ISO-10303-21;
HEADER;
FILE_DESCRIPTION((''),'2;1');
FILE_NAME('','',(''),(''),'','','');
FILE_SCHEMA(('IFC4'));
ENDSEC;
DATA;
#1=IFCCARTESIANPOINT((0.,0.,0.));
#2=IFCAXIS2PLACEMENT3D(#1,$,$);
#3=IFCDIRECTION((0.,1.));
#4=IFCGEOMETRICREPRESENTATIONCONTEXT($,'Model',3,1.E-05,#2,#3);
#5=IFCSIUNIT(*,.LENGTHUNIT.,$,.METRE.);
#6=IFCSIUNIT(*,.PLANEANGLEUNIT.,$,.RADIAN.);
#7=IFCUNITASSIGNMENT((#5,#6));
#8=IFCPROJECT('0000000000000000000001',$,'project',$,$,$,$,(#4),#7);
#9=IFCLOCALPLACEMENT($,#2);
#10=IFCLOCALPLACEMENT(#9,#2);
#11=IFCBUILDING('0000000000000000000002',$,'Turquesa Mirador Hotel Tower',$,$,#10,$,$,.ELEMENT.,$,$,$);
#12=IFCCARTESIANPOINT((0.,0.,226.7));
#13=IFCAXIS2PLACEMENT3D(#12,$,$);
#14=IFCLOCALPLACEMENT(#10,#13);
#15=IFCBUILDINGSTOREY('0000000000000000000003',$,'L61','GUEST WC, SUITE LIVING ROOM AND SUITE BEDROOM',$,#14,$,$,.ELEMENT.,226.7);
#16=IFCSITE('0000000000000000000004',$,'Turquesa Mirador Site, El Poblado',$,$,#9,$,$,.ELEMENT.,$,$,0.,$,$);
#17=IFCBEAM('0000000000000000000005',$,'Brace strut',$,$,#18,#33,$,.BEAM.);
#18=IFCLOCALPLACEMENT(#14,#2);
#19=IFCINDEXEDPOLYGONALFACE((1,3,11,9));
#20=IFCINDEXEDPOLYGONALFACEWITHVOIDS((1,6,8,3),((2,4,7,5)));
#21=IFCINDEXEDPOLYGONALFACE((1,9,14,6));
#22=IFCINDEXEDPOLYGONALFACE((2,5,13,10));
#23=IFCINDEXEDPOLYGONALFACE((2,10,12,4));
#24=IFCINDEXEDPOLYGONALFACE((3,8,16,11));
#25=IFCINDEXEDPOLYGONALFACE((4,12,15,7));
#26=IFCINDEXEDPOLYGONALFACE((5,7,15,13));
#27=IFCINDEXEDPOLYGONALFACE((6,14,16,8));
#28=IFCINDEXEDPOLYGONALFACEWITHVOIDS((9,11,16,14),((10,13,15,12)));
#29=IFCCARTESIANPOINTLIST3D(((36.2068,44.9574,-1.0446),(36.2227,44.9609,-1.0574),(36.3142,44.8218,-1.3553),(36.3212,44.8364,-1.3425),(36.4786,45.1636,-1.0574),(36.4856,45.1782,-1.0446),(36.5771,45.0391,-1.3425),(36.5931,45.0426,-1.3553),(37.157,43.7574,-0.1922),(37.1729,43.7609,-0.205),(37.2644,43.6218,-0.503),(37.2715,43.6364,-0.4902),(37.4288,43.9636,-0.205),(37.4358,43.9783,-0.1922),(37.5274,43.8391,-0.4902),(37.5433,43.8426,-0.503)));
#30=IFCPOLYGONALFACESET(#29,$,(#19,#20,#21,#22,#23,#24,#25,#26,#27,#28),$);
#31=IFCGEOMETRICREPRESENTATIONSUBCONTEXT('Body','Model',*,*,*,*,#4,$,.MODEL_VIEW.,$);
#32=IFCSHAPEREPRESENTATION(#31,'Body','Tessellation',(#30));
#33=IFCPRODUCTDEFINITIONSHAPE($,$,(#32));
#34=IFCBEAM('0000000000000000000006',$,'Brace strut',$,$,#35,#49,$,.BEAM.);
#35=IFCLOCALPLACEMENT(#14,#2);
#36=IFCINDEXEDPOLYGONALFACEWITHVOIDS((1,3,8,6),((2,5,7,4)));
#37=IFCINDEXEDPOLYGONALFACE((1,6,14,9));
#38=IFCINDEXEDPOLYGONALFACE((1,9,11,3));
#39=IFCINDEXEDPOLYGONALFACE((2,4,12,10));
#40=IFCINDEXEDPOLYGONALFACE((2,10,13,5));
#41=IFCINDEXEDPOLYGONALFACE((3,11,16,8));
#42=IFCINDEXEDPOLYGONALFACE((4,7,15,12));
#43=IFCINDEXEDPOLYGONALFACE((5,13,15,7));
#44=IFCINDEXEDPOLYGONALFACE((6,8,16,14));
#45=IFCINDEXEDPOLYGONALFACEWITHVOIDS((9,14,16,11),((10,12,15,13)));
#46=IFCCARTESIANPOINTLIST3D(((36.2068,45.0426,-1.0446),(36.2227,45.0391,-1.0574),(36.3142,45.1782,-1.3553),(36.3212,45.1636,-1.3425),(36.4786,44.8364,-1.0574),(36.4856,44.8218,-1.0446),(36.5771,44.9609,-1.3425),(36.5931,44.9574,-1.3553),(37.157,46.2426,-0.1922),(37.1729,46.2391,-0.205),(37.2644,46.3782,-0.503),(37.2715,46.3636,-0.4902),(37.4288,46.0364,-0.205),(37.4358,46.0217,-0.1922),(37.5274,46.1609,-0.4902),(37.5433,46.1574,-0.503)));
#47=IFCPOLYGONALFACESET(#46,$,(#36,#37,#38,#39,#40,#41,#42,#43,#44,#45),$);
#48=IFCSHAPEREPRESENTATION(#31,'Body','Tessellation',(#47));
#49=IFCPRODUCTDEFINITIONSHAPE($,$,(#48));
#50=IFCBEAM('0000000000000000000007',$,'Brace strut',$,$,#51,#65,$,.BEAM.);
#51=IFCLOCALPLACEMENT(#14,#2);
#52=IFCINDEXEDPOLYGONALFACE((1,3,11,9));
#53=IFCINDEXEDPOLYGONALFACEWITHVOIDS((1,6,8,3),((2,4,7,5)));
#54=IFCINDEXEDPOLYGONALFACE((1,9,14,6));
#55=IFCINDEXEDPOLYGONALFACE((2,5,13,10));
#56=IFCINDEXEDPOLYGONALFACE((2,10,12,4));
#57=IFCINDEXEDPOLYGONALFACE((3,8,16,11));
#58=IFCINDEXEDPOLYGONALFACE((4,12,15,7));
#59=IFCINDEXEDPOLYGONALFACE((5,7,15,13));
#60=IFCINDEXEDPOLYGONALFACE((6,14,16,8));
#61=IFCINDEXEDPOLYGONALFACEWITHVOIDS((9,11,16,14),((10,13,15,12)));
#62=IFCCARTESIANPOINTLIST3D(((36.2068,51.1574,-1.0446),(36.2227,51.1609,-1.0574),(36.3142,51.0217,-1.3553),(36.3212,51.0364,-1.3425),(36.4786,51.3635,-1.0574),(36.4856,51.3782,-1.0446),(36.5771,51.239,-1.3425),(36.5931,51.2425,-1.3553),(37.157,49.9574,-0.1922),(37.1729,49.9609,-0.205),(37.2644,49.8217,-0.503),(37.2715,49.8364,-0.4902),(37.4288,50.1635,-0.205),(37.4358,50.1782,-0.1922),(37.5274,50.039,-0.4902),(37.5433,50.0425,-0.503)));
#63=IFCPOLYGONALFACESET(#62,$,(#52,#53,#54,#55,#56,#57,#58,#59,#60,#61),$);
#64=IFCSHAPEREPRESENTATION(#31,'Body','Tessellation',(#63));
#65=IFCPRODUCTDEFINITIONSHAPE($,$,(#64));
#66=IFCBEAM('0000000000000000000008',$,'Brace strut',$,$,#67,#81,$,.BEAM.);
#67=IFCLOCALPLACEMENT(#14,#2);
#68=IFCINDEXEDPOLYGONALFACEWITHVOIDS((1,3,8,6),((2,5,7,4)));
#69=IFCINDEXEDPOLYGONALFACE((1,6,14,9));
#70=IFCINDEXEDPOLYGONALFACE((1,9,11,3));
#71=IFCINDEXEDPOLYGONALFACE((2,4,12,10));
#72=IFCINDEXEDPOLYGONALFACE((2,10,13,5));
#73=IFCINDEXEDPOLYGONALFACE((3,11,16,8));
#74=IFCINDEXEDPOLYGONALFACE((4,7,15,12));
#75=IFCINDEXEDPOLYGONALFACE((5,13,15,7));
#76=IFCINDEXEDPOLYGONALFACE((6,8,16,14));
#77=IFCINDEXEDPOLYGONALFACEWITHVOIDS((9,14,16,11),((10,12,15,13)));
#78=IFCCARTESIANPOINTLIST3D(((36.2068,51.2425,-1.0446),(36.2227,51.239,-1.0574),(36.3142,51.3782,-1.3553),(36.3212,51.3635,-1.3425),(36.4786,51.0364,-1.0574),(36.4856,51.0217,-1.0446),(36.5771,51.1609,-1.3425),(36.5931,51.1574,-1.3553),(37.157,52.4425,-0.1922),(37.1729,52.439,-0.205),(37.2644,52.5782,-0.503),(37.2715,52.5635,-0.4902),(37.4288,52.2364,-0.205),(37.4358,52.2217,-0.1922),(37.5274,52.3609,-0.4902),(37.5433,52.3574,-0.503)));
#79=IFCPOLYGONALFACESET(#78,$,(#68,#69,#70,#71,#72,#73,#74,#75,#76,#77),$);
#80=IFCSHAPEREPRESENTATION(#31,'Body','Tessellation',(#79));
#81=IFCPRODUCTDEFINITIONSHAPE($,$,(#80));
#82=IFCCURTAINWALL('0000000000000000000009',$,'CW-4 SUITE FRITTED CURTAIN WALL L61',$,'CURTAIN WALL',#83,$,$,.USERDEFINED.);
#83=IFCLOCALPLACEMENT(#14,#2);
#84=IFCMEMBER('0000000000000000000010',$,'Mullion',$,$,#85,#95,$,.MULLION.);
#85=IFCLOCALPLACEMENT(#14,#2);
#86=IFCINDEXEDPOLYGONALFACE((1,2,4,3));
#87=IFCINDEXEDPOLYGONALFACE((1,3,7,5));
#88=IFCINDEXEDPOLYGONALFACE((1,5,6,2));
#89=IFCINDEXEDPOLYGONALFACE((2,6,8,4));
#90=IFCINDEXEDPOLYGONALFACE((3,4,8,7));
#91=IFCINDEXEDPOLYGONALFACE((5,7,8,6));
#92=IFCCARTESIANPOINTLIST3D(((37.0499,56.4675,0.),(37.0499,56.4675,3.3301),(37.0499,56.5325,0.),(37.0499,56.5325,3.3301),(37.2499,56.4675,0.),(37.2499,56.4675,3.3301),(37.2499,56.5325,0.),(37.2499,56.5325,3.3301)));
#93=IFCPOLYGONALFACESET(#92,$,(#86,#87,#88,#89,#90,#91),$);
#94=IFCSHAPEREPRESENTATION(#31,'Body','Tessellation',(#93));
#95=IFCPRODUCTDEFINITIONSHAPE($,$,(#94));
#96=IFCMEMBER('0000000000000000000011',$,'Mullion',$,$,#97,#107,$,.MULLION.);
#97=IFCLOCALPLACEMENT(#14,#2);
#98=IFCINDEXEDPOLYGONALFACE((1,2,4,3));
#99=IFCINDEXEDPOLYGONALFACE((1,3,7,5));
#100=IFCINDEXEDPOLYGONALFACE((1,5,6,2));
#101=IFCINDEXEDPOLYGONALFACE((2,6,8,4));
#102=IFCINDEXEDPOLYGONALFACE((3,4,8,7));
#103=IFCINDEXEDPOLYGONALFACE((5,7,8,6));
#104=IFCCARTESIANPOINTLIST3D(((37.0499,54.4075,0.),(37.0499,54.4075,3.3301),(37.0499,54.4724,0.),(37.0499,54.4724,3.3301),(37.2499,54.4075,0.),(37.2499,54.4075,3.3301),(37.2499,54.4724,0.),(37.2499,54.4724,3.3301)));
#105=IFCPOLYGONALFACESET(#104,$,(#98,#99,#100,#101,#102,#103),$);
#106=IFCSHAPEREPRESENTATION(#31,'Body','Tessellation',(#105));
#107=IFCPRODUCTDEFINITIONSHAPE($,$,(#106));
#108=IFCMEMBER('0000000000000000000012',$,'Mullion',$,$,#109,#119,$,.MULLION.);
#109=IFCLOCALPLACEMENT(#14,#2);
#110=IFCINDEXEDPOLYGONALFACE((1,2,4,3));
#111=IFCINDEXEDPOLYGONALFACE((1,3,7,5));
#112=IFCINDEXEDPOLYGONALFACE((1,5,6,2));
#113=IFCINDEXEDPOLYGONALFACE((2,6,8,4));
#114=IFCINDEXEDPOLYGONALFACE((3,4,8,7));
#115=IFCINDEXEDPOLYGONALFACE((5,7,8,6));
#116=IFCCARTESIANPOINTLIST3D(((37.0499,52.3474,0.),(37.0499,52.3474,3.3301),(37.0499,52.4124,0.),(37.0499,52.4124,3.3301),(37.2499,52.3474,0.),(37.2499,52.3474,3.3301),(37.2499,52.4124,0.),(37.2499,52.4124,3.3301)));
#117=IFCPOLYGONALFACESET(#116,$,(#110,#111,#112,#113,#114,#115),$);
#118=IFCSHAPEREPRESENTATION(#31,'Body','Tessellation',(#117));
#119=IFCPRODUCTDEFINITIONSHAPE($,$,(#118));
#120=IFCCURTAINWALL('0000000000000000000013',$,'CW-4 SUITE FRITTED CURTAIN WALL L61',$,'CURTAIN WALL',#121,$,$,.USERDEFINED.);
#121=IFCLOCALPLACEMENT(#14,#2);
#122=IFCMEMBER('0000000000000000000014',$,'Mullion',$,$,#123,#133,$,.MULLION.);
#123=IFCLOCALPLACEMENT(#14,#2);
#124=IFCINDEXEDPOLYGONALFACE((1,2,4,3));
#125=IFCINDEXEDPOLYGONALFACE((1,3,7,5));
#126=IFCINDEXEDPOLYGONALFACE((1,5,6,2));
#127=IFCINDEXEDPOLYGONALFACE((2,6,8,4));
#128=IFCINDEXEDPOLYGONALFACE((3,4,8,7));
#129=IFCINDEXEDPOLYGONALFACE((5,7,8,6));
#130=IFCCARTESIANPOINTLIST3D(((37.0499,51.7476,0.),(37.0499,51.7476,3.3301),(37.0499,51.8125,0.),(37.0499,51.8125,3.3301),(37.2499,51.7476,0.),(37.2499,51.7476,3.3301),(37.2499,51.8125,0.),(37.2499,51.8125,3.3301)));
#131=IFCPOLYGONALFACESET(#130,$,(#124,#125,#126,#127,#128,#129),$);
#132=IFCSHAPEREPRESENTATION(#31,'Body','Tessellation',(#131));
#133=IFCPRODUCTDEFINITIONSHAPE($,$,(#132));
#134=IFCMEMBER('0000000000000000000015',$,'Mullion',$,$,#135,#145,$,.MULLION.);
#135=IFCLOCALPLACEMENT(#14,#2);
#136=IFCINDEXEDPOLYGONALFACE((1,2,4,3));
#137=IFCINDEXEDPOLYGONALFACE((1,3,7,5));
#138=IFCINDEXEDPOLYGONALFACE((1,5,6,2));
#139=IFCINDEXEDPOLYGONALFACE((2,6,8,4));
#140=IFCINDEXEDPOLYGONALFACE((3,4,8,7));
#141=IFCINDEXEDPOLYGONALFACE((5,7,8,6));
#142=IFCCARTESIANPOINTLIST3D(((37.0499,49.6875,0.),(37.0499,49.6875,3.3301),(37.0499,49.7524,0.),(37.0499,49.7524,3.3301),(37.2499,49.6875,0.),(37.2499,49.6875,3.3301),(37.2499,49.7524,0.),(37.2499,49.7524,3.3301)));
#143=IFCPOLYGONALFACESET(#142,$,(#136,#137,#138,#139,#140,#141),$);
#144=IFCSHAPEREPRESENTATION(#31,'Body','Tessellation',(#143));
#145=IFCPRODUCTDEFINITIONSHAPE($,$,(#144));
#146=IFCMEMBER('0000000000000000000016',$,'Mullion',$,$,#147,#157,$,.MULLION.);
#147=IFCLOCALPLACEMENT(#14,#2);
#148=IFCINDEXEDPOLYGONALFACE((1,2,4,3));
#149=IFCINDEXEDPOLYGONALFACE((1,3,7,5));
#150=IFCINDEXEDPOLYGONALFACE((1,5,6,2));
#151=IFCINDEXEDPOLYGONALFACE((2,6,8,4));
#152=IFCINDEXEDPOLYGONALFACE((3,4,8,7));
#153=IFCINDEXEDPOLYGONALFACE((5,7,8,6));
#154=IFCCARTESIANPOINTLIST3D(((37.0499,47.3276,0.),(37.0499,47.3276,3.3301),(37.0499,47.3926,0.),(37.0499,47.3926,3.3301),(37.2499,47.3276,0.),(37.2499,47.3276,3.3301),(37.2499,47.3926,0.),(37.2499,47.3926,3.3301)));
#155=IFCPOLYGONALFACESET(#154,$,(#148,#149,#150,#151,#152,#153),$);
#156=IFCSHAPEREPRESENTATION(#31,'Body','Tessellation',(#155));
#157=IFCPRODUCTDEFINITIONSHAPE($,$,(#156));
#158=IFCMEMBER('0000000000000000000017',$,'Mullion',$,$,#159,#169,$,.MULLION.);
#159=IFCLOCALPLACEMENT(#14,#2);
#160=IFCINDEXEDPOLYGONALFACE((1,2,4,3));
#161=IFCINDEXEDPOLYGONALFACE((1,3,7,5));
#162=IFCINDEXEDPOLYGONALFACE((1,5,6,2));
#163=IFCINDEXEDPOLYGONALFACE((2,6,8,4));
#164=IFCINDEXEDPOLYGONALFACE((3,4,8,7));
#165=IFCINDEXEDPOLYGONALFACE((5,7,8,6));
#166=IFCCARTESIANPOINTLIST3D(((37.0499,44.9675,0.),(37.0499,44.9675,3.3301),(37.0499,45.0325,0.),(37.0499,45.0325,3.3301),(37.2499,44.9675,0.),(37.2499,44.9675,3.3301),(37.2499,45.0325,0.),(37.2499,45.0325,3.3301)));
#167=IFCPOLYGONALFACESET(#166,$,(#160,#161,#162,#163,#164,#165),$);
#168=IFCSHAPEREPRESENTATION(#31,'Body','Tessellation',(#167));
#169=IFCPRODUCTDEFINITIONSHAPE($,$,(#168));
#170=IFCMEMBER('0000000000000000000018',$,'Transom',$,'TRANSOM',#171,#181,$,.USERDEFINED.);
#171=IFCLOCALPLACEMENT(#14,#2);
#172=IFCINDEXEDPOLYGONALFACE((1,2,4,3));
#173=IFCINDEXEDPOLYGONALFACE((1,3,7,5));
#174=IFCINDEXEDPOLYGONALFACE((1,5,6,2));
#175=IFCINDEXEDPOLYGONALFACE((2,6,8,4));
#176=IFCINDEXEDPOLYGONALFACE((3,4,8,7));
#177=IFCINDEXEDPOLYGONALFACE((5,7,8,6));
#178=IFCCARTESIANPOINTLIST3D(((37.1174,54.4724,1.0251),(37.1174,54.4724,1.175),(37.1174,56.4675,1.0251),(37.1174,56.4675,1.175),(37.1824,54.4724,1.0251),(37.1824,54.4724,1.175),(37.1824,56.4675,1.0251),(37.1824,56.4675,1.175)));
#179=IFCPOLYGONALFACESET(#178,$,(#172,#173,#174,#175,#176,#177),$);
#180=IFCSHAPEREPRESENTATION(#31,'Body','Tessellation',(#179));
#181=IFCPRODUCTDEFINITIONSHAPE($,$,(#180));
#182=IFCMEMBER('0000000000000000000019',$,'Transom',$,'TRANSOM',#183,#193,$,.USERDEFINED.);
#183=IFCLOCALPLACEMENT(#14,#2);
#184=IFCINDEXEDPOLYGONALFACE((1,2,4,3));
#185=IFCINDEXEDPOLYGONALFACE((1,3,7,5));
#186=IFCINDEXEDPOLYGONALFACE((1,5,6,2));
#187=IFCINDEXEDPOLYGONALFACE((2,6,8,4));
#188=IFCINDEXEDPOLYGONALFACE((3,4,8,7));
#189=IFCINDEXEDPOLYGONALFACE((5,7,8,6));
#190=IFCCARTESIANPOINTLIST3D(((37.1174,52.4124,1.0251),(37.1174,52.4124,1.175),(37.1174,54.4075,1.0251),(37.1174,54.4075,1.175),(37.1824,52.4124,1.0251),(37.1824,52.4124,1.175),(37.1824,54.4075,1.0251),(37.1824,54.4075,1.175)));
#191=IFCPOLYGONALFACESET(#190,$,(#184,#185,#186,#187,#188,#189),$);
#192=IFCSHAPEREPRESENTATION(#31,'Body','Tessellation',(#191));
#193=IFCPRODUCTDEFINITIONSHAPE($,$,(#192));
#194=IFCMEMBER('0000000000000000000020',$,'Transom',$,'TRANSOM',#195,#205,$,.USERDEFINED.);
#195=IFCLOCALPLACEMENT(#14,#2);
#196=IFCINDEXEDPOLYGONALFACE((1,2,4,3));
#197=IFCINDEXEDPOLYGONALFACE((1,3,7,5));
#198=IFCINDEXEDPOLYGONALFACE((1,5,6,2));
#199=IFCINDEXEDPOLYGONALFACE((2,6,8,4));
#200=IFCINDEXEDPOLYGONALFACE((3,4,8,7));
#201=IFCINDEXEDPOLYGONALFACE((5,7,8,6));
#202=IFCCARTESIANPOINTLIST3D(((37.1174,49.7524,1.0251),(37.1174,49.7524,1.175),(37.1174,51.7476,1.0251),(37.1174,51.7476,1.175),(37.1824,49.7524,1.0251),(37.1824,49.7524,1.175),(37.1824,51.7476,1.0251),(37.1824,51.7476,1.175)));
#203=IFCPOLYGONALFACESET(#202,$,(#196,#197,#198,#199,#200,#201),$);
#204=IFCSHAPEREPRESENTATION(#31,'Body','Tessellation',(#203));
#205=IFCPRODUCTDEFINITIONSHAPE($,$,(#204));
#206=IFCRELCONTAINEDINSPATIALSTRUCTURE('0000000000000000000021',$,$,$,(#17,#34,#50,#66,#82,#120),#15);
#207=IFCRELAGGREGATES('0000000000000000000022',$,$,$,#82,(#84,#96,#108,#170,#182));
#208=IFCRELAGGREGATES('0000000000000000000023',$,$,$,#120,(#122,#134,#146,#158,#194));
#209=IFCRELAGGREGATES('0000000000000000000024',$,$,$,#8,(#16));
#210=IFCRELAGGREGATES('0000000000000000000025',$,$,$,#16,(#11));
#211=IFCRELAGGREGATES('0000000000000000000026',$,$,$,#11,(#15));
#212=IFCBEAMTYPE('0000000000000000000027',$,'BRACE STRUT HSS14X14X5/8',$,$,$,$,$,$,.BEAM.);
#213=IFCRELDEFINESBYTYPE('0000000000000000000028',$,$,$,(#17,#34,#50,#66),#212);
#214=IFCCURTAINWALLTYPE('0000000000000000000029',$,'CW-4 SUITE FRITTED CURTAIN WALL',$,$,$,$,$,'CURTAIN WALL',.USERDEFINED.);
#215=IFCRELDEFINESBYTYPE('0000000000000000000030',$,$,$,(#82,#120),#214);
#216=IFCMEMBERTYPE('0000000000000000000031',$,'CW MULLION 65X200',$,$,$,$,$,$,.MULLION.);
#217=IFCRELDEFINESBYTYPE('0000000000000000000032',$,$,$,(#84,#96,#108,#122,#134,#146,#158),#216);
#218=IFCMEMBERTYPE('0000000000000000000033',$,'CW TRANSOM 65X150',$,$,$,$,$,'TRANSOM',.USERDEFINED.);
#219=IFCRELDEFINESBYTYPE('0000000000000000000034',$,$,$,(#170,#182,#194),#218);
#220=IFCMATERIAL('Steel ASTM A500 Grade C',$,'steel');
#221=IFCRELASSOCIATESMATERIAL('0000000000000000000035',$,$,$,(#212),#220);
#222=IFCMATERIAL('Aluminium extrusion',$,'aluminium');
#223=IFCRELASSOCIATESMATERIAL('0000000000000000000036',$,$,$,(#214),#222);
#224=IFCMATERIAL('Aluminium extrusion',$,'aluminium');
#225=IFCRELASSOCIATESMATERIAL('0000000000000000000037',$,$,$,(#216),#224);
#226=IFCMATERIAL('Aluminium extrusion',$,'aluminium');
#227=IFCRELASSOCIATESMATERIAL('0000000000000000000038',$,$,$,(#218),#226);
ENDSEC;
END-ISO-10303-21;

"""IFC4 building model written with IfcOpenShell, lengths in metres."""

from ifc_helpers import new_model, si_unit, direction, frame, origin, origin_2d, place, context, subcontext, project, spatial, rectangle, hollow_rectangle, extrude, material, material_profile, profile_set, type_object, element, aggregate, save


model = new_model("IFC4")

# Units and contexts
model_context = context("Model", 3, precision=1e-05, world=origin(), true_north=direction((0.0, 1.0)))
body_context = subcontext(model_context, "Body", "Model", "MODEL_VIEW")
ifc_project = project(units=[si_unit("LENGTHUNIT", "METRE"), si_unit("PLANEANGLEUNIT", "RADIAN")], contexts=[model_context])

# Site, building, storey
site_placement = place(None, origin())
site = spatial("IfcSite", under=ifc_project, at=site_placement, Name="Turquesa Mirador Site, El Poblado", CompositionType="ELEMENT", RefElevation=0.0)
building_placement = place(site_placement, origin())
building = spatial("IfcBuilding", under=site, at=building_placement, Name="Turquesa Mirador Hotel Tower", CompositionType="ELEMENT")
storey_placement = place(building_placement, frame((0.0, 0.0, 226.7)))
storey = spatial("IfcBuildingStorey", under=building, at=storey_placement, Name="L61", Description="GUEST WC, SUITE LIVING ROOM AND SUITE BEDROOM", CompositionType="ELEMENT", Elevation=226.7)

# Beams
ifc_material_1 = material(Name="Steel ASTM A500 Grade C", Category="steel")
ifc_material_profile_1 = material_profile(ifc_material_1, hollow_rectangle(XDim=0.3557, YDim=0.3557, WallThickness=0.0146, at=origin_2d()), Name="HSS14X14X5/8")
ifc_profile_set_1 = profile_set([ifc_material_profile_1], Name="Steel ASTM A500 Grade C")
beam_type = type_object("IfcBeamType", Name="BRACE STRUT HSS14X14X5/8", PredefinedType="BEAM", material=ifc_profile_set_1)
for number, where, z_axis, x_axis, name in (
    (1, (36.3999, 45.0, -1.2), (0.542379, -0.684942, 0.486497), (0.783971, 0.620797, 0.0), "Brace strut"),
    (2, (36.3999, 45.0, -1.2), (0.542379, 0.684942, 0.486497), (-0.783971, 0.620797, 0.0), "Brace strut"),
    (3, (36.3999, 51.2, -1.2), (0.542379, -0.684942, 0.486497), (0.783971, 0.620797, 0.0), "Brace strut"),
    (4, (36.3999, 51.2, -1.2), (0.542379, 0.684942, 0.486497), (-0.783971, 0.620797, 0.0), "Brace strut"),
):
    element("IfcBeam", number, at=place(storey_placement, frame(where, z_axis=z_axis, x_axis=x_axis)), inside=storey, type_object=beam_type, Name=name, PredefinedType="BEAM", context=body_context, shape_type="SweptSolid", body=[
        extrude(hollow_rectangle(XDim=0.3557, YDim=0.3557, WallThickness=0.0146, at=origin_2d()), origin(), (0.0, 0.0, 1.0), 1.752),
    ])

# Curtain walls, members
ifc_material_2 = material(Name="Aluminium extrusion", Category="aluminium")
curtain_wall_type = type_object("IfcCurtainWallType", Name="CW-4 SUITE FRITTED CURTAIN WALL", ElementType="CURTAIN WALL", PredefinedType="USERDEFINED", material=ifc_material_2)
curtain_wall_1_placement = place(storey_placement, origin())
curtain_wall_1 = element("IfcCurtainWall", 5, at=curtain_wall_1_placement, inside=storey, type_object=curtain_wall_type, Name="CW-4 SUITE FRITTED CURTAIN WALL L61", ObjectType="CURTAIN WALL", PredefinedType="USERDEFINED")
ifc_material_3 = material(Name="Aluminium extrusion", Category="aluminium")
ifc_material_profile_2 = material_profile(ifc_material_3, rectangle(XDim=0.0649, YDim=0.2, at=origin_2d()), Name="MULLION 65X200")
ifc_profile_set_2 = profile_set([ifc_material_profile_2], Name="Aluminium extrusion")
member_type_1 = type_object("IfcMemberType", Name="CW MULLION 65X200", PredefinedType="MULLION", material=ifc_profile_set_2)
member_1_placement = place(storey_placement, frame((37.1499, 56.5, 0.0), z_axis=(0.0, 0.0, 1.0), x_axis=(0.0, -1.0, 0.0)))
member_1 = element("IfcMember", 6, at=member_1_placement, type_object=member_type_1, Name="Mullion", PredefinedType="MULLION", context=body_context, shape_type="SweptSolid", body=[
    extrude(rectangle(XDim=0.0649, YDim=0.2, at=origin_2d()), origin(), (0.0, 0.0, 1.0), 3.3301),
])
member_2_placement = place(storey_placement, frame((37.1499, 54.4399, 0.0), z_axis=(0.0, 0.0, 1.0), x_axis=(0.0, -1.0, 0.0)))
member_2 = element("IfcMember", 7, at=member_2_placement, type_object=member_type_1, Name="Mullion", PredefinedType="MULLION", context=body_context, shape_type="SweptSolid", body=[
    extrude(rectangle(XDim=0.0649, YDim=0.2, at=origin_2d()), origin(), (0.0, 0.0, 1.0), 3.3301),
])
member_3_placement = place(storey_placement, frame((37.1499, 52.3799, 0.0), z_axis=(0.0, 0.0, 1.0), x_axis=(0.0, -1.0, 0.0)))
member_3 = element("IfcMember", 8, at=member_3_placement, type_object=member_type_1, Name="Mullion", PredefinedType="MULLION", context=body_context, shape_type="SweptSolid", body=[
    extrude(rectangle(XDim=0.0649, YDim=0.2, at=origin_2d()), origin(), (0.0, 0.0, 1.0), 3.3301),
])
curtain_wall_2_placement = place(storey_placement, origin())
curtain_wall_2 = element("IfcCurtainWall", 9, at=curtain_wall_2_placement, inside=storey, type_object=curtain_wall_type, Name="CW-4 SUITE FRITTED CURTAIN WALL L61", ObjectType="CURTAIN WALL", PredefinedType="USERDEFINED")
member_4_placement = place(storey_placement, frame((37.1499, 51.78, 0.0), z_axis=(0.0, 0.0, 1.0), x_axis=(0.0, -1.0, 0.0)))
member_4 = element("IfcMember", 10, at=member_4_placement, type_object=member_type_1, Name="Mullion", PredefinedType="MULLION", context=body_context, shape_type="SweptSolid", body=[
    extrude(rectangle(XDim=0.0649, YDim=0.2, at=origin_2d()), origin(), (0.0, 0.0, 1.0), 3.3301),
])
member_5_placement = place(storey_placement, frame((37.1499, 49.72, 0.0), z_axis=(0.0, 0.0, 1.0), x_axis=(0.0, -1.0, 0.0)))
member_5 = element("IfcMember", 11, at=member_5_placement, type_object=member_type_1, Name="Mullion", PredefinedType="MULLION", context=body_context, shape_type="SweptSolid", body=[
    extrude(rectangle(XDim=0.0649, YDim=0.2, at=origin_2d()), origin(), (0.0, 0.0, 1.0), 3.3301),
])
member_6_placement = place(storey_placement, frame((37.1499, 47.3601, 0.0), z_axis=(0.0, 0.0, 1.0), x_axis=(0.0, -1.0, 0.0)))
member_6 = element("IfcMember", 12, at=member_6_placement, type_object=member_type_1, Name="Mullion", PredefinedType="MULLION", context=body_context, shape_type="SweptSolid", body=[
    extrude(rectangle(XDim=0.0649, YDim=0.2, at=origin_2d()), origin(), (0.0, 0.0, 1.0), 3.3301),
])
member_7_placement = place(storey_placement, frame((37.1499, 45.0, 0.0), z_axis=(0.0, 0.0, 1.0), x_axis=(0.0, -1.0, 0.0)))
member_7 = element("IfcMember", 13, at=member_7_placement, type_object=member_type_1, Name="Mullion", PredefinedType="MULLION", context=body_context, shape_type="SweptSolid", body=[
    extrude(rectangle(XDim=0.0649, YDim=0.2, at=origin_2d()), origin(), (0.0, 0.0, 1.0), 3.3301),
])

# Members
ifc_material_4 = material(Name="Aluminium extrusion", Category="aluminium")
ifc_material_profile_3 = material_profile(ifc_material_4, rectangle(XDim=0.0649, YDim=0.1499, at=origin_2d()), Name="TRANSOM 65X150")
ifc_profile_set_3 = profile_set([ifc_material_profile_3], Name="Aluminium extrusion")
member_type_2 = type_object("IfcMemberType", Name="CW TRANSOM 65X150", ElementType="TRANSOM", PredefinedType="USERDEFINED", material=ifc_profile_set_3)
member_8_placement = place(storey_placement, frame((37.1499, 56.4675, 1.1001), z_axis=(0.0, -1.0, 0.0), x_axis=(1.0, 0.0, 0.0)))
member_8 = element("IfcMember", 14, at=member_8_placement, type_object=member_type_2, Name="Transom", ObjectType="TRANSOM", PredefinedType="USERDEFINED", context=body_context, shape_type="SweptSolid", body=[
    extrude(rectangle(XDim=0.0649, YDim=0.1499, at=origin_2d()), origin(), (0.0, 0.0, 1.0), 1.9951),
])
member_9_placement = place(storey_placement, frame((37.1499, 54.4075, 1.1001), z_axis=(0.0, -1.0, 0.0), x_axis=(1.0, 0.0, 0.0)))
member_9 = element("IfcMember", 15, at=member_9_placement, type_object=member_type_2, Name="Transom", ObjectType="TRANSOM", PredefinedType="USERDEFINED", context=body_context, shape_type="SweptSolid", body=[
    extrude(rectangle(XDim=0.0649, YDim=0.1499, at=origin_2d()), origin(), (0.0, 0.0, 1.0), 1.9951),
])
member_10_placement = place(storey_placement, frame((37.1499, 51.7476, 1.1001), z_axis=(0.0, -1.0, 0.0), x_axis=(1.0, 0.0, 0.0)))
member_10 = element("IfcMember", 16, at=member_10_placement, type_object=member_type_2, Name="Transom", ObjectType="TRANSOM", PredefinedType="USERDEFINED", context=body_context, shape_type="SweptSolid", body=[
    extrude(rectangle(XDim=0.0649, YDim=0.1499, at=origin_2d()), origin(), (0.0, 0.0, 1.0), 1.9951),
])

aggregate(curtain_wall_1, [member_1, member_2, member_3, member_8, member_9])
aggregate(curtain_wall_2, [member_4, member_5, member_6, member_7, member_10])

save(model, "model.ifc")
